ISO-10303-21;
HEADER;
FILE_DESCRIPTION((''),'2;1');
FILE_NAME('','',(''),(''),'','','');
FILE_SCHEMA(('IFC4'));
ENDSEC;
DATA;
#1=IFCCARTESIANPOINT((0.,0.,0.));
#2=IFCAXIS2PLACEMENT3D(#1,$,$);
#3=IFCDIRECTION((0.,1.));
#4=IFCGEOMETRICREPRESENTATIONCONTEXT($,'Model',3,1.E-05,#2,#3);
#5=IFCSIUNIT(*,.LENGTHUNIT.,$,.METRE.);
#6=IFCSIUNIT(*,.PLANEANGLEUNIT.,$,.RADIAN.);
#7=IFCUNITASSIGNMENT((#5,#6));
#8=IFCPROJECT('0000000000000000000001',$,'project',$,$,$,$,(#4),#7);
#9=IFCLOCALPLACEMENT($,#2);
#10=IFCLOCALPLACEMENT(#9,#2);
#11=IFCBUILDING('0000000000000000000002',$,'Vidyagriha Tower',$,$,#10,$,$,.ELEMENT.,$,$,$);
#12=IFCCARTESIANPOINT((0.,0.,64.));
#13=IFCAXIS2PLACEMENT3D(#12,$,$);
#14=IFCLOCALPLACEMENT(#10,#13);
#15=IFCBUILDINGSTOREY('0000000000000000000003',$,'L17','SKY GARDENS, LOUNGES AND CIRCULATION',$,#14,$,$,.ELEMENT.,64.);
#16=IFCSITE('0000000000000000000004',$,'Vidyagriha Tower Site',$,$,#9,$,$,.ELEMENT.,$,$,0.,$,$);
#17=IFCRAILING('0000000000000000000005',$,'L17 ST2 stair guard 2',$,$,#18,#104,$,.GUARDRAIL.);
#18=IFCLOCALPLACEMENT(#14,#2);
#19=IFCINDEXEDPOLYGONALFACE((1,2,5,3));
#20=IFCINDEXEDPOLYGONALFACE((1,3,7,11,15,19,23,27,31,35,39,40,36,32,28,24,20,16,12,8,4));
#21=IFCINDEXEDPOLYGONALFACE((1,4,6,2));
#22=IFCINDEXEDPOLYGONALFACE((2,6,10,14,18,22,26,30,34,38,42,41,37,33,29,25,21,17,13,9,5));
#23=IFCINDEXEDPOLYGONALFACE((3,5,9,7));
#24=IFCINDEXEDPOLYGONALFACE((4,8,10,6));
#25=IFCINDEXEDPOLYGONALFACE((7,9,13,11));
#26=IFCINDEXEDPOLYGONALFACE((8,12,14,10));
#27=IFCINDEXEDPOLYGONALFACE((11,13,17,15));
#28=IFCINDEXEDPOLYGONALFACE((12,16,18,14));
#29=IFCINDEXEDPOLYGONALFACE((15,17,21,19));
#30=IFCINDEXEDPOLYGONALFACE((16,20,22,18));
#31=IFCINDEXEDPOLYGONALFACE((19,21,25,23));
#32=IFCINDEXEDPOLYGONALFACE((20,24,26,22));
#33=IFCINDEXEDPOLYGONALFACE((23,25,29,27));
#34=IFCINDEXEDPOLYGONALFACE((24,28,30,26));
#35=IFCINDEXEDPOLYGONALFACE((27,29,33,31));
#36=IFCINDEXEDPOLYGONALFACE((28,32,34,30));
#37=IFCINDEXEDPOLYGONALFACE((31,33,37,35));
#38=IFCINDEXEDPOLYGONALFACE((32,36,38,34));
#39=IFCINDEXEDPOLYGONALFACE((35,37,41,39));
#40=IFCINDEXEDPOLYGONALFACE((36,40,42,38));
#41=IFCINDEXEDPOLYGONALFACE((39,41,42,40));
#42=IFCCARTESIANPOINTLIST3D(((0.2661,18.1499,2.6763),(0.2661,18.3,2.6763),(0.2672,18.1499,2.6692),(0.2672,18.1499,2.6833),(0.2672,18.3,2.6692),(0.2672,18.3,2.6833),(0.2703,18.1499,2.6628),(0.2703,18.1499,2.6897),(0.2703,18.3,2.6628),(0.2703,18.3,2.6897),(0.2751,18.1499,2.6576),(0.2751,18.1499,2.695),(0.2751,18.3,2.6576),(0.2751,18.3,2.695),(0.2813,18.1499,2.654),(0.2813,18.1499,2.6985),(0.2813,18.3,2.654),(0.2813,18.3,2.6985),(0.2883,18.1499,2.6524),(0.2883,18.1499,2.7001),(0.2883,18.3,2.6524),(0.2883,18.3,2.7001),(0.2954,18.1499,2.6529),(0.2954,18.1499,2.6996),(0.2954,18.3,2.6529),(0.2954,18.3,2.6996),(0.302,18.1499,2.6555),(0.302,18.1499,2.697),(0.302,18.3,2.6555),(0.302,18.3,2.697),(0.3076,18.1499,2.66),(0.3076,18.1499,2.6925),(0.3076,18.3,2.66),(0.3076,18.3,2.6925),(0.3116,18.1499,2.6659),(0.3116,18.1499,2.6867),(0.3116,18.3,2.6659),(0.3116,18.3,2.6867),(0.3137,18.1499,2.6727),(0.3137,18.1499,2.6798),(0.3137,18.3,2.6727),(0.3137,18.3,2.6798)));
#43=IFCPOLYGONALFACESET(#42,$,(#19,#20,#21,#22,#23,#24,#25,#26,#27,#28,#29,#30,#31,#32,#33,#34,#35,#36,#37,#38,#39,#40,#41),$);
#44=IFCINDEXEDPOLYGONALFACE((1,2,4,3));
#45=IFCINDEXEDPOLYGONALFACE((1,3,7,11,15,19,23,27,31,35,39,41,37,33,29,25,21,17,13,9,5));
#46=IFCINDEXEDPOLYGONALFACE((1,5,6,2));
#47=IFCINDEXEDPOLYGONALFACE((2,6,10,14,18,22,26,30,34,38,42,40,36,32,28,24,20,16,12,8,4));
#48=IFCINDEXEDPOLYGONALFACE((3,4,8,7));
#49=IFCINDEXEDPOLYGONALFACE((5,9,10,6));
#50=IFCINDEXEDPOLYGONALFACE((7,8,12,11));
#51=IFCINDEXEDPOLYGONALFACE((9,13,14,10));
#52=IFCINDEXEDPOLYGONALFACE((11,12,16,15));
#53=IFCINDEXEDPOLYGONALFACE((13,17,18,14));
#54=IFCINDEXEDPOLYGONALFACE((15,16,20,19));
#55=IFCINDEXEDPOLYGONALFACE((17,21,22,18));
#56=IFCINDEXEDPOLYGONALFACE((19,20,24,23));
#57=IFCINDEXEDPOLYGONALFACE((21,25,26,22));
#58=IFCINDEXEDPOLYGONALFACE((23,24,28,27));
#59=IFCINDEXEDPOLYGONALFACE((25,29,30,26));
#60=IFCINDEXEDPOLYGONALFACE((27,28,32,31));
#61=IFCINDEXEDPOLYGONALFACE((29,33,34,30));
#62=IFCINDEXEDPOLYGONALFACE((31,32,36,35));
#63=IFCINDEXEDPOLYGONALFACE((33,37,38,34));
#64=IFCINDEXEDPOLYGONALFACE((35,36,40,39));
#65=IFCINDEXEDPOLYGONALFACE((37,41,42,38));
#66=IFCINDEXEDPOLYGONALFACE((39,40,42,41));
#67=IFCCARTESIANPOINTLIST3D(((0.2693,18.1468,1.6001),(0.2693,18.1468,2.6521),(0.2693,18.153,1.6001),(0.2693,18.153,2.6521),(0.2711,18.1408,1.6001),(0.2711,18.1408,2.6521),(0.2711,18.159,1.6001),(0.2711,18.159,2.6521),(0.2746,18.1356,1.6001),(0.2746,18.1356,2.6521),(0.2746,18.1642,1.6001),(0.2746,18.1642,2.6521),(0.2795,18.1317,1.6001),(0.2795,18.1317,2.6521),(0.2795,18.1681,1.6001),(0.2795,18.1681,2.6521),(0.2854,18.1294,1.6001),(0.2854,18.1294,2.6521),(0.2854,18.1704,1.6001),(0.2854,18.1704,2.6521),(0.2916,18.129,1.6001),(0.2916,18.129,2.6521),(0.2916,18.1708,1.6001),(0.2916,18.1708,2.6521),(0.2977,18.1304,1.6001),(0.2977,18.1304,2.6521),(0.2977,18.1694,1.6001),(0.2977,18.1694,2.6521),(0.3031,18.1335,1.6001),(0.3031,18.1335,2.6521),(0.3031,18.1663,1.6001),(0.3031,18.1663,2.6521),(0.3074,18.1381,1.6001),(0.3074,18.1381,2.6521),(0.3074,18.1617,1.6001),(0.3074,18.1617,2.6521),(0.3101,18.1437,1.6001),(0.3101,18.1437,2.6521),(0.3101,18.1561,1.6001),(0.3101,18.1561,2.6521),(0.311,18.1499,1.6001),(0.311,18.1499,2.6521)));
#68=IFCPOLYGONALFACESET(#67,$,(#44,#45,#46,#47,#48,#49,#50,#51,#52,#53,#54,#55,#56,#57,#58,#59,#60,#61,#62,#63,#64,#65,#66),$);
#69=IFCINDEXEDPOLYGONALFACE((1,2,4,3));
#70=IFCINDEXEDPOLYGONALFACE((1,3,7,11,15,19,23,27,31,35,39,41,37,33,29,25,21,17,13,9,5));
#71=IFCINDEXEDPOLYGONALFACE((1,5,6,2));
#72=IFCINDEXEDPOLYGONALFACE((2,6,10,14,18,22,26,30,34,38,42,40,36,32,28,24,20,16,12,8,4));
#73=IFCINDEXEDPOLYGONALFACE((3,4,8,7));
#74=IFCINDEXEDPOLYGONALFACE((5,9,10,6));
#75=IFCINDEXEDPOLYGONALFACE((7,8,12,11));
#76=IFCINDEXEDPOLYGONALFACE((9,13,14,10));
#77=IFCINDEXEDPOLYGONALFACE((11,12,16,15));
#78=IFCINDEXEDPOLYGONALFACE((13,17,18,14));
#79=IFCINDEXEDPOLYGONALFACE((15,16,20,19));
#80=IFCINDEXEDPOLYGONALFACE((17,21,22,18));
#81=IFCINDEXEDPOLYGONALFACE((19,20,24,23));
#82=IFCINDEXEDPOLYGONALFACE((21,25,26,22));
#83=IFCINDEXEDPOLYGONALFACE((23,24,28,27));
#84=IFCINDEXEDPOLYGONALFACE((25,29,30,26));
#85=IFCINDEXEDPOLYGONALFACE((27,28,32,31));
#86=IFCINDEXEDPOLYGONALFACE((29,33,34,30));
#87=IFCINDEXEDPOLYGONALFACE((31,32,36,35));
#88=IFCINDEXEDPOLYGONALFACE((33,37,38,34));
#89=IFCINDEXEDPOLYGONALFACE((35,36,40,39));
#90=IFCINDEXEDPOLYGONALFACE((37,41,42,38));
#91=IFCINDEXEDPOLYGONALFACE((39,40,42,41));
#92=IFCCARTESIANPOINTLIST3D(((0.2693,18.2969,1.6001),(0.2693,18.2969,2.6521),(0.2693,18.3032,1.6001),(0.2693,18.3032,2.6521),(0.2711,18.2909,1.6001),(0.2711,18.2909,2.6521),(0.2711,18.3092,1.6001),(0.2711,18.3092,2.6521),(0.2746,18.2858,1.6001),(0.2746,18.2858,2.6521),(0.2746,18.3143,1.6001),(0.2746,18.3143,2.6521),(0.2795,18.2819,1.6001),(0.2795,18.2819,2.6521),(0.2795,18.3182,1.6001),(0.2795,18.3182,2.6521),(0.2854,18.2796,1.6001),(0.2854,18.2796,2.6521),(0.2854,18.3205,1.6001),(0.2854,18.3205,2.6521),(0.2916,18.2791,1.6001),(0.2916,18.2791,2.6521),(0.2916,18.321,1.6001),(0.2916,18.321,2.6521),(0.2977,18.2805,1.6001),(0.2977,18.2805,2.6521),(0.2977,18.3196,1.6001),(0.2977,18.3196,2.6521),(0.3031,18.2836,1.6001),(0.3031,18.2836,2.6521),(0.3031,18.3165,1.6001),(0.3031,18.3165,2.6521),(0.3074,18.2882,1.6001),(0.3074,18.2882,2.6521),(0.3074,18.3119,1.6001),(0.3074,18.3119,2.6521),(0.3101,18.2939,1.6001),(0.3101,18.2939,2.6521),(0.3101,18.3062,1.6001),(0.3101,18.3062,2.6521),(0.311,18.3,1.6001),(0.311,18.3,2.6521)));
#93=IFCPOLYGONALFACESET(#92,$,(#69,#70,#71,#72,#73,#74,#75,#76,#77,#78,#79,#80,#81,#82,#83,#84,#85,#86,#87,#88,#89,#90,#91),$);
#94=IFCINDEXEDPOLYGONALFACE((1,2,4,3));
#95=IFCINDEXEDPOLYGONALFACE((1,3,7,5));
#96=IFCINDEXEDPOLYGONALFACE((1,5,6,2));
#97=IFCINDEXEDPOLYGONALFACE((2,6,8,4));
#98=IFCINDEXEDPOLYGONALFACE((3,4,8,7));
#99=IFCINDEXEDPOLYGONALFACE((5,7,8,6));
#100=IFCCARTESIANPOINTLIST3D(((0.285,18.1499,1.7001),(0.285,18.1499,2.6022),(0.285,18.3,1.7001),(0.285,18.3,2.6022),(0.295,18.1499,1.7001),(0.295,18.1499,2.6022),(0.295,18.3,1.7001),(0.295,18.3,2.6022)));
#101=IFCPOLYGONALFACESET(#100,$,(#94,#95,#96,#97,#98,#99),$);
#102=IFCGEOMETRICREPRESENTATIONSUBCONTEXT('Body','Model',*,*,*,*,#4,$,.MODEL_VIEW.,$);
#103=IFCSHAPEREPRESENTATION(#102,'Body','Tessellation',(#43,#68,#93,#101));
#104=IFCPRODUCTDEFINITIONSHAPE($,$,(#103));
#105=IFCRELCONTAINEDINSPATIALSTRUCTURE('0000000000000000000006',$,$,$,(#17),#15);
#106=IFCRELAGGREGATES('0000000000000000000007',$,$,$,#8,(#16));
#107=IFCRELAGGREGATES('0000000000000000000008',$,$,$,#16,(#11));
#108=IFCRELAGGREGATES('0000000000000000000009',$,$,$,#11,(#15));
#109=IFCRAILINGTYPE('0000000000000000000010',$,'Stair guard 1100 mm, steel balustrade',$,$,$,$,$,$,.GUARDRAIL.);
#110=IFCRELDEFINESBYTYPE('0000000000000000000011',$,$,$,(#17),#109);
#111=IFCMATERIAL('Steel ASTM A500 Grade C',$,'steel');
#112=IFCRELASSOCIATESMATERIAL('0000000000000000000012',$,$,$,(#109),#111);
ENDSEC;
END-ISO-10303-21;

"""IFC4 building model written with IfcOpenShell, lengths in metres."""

from ifc_helpers import new_model, si_unit, direction, frame, origin, origin_2d, place, context, subcontext, project, spatial, rectangle, circle, extrude, material, type_object, element, save


model = new_model("IFC4")

# Units and contexts
model_context = context("Model", 3, precision=1e-05, world=origin(), true_north=direction((0.0, 1.0)))
body_context = subcontext(model_context, "Body", "Model", "MODEL_VIEW")
ifc_project = project(units=[si_unit("LENGTHUNIT", "METRE"), si_unit("PLANEANGLEUNIT", "RADIAN")], contexts=[model_context])

# Site, building, storey
site_placement = place(None, origin())
site = spatial("IfcSite", under=ifc_project, at=site_placement, Name="Vidyagriha Tower Site", CompositionType="ELEMENT", RefElevation=0.0)
building_placement = place(site_placement, origin())
building = spatial("IfcBuilding", under=site, at=building_placement, Name="Vidyagriha Tower", CompositionType="ELEMENT")
storey_placement = place(building_placement, frame((0.0, 0.0, 64.0)))
storey = spatial("IfcBuildingStorey", under=building, at=storey_placement, Name="L17", Description="SKY GARDENS, LOUNGES AND CIRCULATION", CompositionType="ELEMENT", Elevation=64.0)

# Railing
ifc_material_1 = material(Name="Steel ASTM A500 Grade C", Category="steel")
railing_type_1 = type_object("IfcRailingType", Name="Stair guard 1100 mm, steel balustrade", PredefinedType="GUARDRAIL", material=ifc_material_1)
railing_1_placement = place(storey_placement, frame((0.29, 18.1499, 1.6001)))
element("IfcRailing", 1, at=railing_1_placement, inside=storey, type_object=railing_type_1, Name="L17 ST2 stair guard 2", PredefinedType="GUARDRAIL", context=body_context, shape_type="SweptSolid", body=[
    extrude(circle(Radius=0.0239, at=origin_2d()), frame((0.0, 0.0, 1.0762), z_axis=(0.0, 1.0, 0.0), x_axis=(-1.0, 0.0, 0.0)), (0.0, 0.0, 1.0), 0.1501),
    extrude(circle(Radius=0.021, at=origin_2d()), origin(), (0.0, 0.0, 1.0), 1.052),
    extrude(circle(Radius=0.021, at=origin_2d()), frame((0.0, 0.1501, 0.0)), (0.0, 0.0, 1.0), 1.052),
    extrude(rectangle(XDim=0.01, YDim=0.9021, at=origin_2d()), frame((0.0, 0.0, 0.551), z_axis=(0.0, 1.0, 0.0), x_axis=(-1.0, 0.0, 0.0)), (0.0, 0.0, 1.0), 0.1501),
])

save(model, "model.ifc")
